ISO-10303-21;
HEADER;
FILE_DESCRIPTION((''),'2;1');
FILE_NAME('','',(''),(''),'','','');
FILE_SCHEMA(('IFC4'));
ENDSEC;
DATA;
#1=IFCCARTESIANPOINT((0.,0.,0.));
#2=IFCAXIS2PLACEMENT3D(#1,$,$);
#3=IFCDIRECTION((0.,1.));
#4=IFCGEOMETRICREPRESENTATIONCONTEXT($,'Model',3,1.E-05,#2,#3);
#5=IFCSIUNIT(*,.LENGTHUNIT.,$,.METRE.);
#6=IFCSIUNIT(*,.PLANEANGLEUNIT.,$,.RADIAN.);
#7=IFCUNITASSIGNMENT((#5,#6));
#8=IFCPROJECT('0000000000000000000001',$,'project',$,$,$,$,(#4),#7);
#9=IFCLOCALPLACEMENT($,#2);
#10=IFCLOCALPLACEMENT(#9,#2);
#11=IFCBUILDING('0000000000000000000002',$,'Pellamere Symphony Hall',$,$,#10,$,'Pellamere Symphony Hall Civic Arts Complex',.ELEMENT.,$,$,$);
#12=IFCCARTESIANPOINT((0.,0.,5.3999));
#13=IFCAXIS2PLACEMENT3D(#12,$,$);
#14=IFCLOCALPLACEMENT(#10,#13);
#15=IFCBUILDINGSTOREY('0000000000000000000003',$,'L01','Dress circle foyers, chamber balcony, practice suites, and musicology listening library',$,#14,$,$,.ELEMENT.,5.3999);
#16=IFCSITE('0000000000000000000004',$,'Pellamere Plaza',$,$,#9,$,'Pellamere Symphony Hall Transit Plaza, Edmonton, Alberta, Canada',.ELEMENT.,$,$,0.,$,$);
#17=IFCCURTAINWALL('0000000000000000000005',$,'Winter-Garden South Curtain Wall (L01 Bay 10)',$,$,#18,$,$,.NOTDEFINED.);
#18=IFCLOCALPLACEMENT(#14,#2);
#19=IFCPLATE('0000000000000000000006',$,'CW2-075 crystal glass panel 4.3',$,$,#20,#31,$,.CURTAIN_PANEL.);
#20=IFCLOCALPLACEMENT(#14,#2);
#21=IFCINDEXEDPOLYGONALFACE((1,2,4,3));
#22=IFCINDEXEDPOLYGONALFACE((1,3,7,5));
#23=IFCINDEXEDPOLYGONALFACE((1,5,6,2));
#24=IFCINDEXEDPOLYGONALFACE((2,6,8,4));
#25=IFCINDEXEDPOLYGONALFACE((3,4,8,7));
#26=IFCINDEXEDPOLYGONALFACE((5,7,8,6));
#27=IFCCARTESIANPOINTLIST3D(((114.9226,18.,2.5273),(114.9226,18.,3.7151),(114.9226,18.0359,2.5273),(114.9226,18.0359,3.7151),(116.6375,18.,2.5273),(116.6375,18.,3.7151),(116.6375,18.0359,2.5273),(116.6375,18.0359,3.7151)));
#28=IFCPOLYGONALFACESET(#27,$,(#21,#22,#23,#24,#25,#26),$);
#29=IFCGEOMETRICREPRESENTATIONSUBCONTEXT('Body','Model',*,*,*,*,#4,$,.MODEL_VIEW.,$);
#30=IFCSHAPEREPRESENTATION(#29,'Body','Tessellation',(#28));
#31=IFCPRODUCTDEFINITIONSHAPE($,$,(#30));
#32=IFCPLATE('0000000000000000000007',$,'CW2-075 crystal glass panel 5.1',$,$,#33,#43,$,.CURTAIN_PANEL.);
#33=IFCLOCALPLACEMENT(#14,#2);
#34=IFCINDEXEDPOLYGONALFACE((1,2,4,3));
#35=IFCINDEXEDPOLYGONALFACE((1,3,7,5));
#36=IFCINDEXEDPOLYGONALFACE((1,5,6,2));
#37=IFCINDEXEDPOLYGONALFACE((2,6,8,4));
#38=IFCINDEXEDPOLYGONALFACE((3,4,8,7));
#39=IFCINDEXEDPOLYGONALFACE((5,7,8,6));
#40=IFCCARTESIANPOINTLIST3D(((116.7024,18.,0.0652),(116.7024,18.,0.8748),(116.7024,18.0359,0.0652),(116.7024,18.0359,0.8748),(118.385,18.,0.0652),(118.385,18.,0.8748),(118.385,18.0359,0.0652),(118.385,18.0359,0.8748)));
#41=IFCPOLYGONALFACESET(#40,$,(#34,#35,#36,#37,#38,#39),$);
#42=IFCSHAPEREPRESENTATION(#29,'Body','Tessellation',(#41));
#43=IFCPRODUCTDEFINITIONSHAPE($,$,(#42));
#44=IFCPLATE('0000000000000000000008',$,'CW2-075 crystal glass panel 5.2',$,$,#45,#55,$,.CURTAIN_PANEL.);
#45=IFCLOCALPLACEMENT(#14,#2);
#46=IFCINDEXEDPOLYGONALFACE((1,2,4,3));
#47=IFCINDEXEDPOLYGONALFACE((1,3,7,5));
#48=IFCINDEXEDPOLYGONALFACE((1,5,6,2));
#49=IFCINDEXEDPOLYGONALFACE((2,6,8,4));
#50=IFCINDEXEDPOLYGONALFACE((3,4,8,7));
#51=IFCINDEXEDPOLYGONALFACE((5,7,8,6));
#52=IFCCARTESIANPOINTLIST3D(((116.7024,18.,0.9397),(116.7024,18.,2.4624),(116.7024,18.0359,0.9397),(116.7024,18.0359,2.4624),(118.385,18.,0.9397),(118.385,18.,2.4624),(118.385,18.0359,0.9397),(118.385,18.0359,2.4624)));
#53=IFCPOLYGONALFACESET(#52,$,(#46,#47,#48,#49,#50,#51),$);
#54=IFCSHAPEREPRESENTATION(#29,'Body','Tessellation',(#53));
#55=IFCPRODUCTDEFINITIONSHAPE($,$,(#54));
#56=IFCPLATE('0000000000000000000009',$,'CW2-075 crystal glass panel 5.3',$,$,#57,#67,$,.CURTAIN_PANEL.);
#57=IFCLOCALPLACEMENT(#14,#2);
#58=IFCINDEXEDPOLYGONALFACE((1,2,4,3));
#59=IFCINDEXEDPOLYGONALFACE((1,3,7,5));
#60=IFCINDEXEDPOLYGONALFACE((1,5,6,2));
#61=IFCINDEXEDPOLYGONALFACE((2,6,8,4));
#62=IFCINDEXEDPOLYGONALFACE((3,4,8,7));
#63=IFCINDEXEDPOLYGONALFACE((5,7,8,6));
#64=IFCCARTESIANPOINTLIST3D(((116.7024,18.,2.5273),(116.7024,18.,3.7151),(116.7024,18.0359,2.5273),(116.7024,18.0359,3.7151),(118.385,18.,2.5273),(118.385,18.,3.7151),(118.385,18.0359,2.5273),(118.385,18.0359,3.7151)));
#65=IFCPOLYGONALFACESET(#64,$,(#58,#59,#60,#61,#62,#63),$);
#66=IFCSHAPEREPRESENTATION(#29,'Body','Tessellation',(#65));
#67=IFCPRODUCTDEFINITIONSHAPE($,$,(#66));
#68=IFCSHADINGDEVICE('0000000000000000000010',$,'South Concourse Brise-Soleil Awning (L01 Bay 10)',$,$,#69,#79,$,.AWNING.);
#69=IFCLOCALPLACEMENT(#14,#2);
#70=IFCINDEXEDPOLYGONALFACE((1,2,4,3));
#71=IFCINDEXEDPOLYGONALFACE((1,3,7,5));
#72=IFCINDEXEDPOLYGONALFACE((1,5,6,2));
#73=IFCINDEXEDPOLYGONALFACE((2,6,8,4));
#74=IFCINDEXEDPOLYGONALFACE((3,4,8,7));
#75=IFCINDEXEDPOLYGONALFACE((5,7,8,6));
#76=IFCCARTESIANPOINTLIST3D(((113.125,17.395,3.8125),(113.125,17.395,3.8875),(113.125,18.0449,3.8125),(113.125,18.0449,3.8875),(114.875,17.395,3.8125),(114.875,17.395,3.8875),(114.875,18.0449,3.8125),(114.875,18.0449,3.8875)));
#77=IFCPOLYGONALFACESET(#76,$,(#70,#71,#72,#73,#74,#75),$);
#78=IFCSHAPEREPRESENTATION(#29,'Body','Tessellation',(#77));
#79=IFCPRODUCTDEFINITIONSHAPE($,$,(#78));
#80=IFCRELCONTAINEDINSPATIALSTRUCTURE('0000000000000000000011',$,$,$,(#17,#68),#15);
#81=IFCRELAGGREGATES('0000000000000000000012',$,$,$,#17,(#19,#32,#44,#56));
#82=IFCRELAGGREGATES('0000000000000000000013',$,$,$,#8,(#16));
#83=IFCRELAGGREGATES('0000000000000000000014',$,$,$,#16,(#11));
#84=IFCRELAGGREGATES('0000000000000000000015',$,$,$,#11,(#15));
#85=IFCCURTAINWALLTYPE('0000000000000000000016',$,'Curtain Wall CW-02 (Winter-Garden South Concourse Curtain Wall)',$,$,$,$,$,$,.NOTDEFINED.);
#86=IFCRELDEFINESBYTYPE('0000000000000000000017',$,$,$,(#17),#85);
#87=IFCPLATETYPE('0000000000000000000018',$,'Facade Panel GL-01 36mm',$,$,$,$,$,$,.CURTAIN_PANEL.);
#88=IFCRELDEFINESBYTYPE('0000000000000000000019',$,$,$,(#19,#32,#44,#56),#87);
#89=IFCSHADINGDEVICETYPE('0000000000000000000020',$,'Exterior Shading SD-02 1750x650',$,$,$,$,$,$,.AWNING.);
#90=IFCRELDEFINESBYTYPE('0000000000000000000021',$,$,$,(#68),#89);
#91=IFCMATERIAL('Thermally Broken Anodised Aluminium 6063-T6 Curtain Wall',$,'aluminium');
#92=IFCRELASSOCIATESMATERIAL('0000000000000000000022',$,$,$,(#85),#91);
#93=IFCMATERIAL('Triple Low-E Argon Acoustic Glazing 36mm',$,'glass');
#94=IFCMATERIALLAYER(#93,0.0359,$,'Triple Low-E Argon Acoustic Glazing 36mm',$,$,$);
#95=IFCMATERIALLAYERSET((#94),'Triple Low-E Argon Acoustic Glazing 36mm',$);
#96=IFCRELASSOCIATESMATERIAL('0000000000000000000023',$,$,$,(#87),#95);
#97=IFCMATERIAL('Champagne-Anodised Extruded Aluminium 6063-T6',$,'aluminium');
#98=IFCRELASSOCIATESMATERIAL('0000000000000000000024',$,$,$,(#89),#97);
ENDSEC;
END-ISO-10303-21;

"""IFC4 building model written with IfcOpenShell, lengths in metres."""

from ifc_helpers import new_model, si_unit, direction, frame, origin, origin_2d, place, context, subcontext, project, spatial, polyline, rectangle, outline, extrude, material, layer, layer_set, type_object, element, aggregate, save


model = new_model("IFC4")

# Units and contexts
model_context = context("Model", 3, precision=1e-05, world=origin(), true_north=direction((0.0, 1.0)))
body_context = subcontext(model_context, "Body", "Model", "MODEL_VIEW")
ifc_project = project(units=[si_unit("LENGTHUNIT", "METRE"), si_unit("PLANEANGLEUNIT", "RADIAN")], contexts=[model_context])

# Site, building, storey
site_placement = place(None, origin())
site = spatial("IfcSite", under=ifc_project, at=site_placement, Name="Pellamere Plaza", LongName="Pellamere Symphony Hall Transit Plaza, Edmonton, Alberta, Canada", CompositionType="ELEMENT", RefElevation=0.0)
building_placement = place(site_placement, origin())
building = spatial("IfcBuilding", under=site, at=building_placement, Name="Pellamere Symphony Hall", LongName="Pellamere Symphony Hall Civic Arts Complex", CompositionType="ELEMENT")
storey_placement = place(building_placement, frame((0.0, 0.0, 5.3999)))
storey = spatial("IfcBuildingStorey", under=building, at=storey_placement, Name="L01", Description="Dress circle foyers, chamber balcony, practice suites, and musicology listening library", CompositionType="ELEMENT", Elevation=5.3999)

# Curtain wall
ifc_material_1 = material(Name="Thermally Broken Anodised Aluminium 6063-T6 Curtain Wall", Category="aluminium")
curtain_wall_type = type_object("IfcCurtainWallType", Name="Curtain Wall CW-02 (Winter-Garden South Concourse Curtain Wall)", PredefinedType="NOTDEFINED", material=ifc_material_1)
curtain_wall_1_placement = place(storey_placement, origin())
curtain_wall_1 = element("IfcCurtainWall", 1, at=curtain_wall_1_placement, inside=storey, type_object=curtain_wall_type, Name="Winter-Garden South Curtain Wall (L01 Bay 10)", PredefinedType="NOTDEFINED")

# Plates
ifc_material_2 = material(Name="Triple Low-E Argon Acoustic Glazing 36mm", Category="glass")
ifc_layer = layer(ifc_material_2, 0.0359, Name="Triple Low-E Argon Acoustic Glazing 36mm")
ifc_layer_set = layer_set([ifc_layer], Name="Triple Low-E Argon Acoustic Glazing 36mm")
plate_type = type_object("IfcPlateType", Name="Facade Panel GL-01 36mm", PredefinedType="CURTAIN_PANEL", material=ifc_layer_set)
plate_1_placement = place(storey_placement, frame((114.9226, 18.0, 2.5273), z_axis=(0.0, -1.0, 0.0), x_axis=(1.0, 0.0, 0.0)))
plate_1 = element("IfcPlate", 2, at=plate_1_placement, type_object=plate_type, Name="CW2-075 crystal glass panel 4.3", PredefinedType="CURTAIN_PANEL", context=body_context, shape_type="SweptSolid", body=[
    extrude(outline(polyline([(0.0, 0.0), (1.7148, 0.0), (1.7148, 1.1877), (0.0, 1.1877), (0.0, 0.0)])), origin(), (0.0, 0.0, -1.0), 0.0359),
])
plate_2_placement = place(storey_placement, frame((116.7024, 18.0, 0.0652), z_axis=(0.0, -1.0, 0.0), x_axis=(1.0, 0.0, 0.0)))
plate_2 = element("IfcPlate", 3, at=plate_2_placement, type_object=plate_type, Name="CW2-075 crystal glass panel 5.1", PredefinedType="CURTAIN_PANEL", context=body_context, shape_type="SweptSolid", body=[
    extrude(outline(polyline([(0.0, 0.0), (1.6826, 0.0), (1.6826, 0.8096), (0.0, 0.8096), (0.0, 0.0)])), origin(), (0.0, 0.0, -1.0), 0.0359),
])
plate_3_placement = place(storey_placement, frame((116.7024, 18.0, 0.9397), z_axis=(0.0, -1.0, 0.0), x_axis=(1.0, 0.0, 0.0)))
plate_3 = element("IfcPlate", 4, at=plate_3_placement, type_object=plate_type, Name="CW2-075 crystal glass panel 5.2", PredefinedType="CURTAIN_PANEL", context=body_context, shape_type="SweptSolid", body=[
    extrude(outline(polyline([(0.0, 0.0), (1.6826, 0.0), (1.6826, 1.5227), (0.0, 1.5227), (0.0, 0.0)])), origin(), (0.0, 0.0, -1.0), 0.0359),
])
plate_4_placement = place(storey_placement, frame((116.7024, 18.0, 2.5273), z_axis=(0.0, -1.0, 0.0), x_axis=(1.0, 0.0, 0.0)))
plate_4 = element("IfcPlate", 5, at=plate_4_placement, type_object=plate_type, Name="CW2-075 crystal glass panel 5.3", PredefinedType="CURTAIN_PANEL", context=body_context, shape_type="SweptSolid", body=[
    extrude(outline(polyline([(0.0, 0.0), (1.6826, 0.0), (1.6826, 1.1877), (0.0, 1.1877), (0.0, 0.0)])), origin(), (0.0, 0.0, -1.0), 0.0359),
])
aggregate(curtain_wall_1, [plate_1, plate_2, plate_3, plate_4])

# Shading device
ifc_material_3 = material(Name="Champagne-Anodised Extruded Aluminium 6063-T6", Category="aluminium")
shading_device_type = type_object("IfcShadingDeviceType", Name="Exterior Shading SD-02 1750x650", PredefinedType="AWNING", material=ifc_material_3)
shading_device_placement = place(storey_placement, frame((114.0, 17.72, 3.8125), z_axis=(0.0, 0.0, 1.0), x_axis=(1.0, 0.0, 0.0)))
element("IfcShadingDevice", 6, at=shading_device_placement, inside=storey, type_object=shading_device_type, Name="South Concourse Brise-Soleil Awning (L01 Bay 10)", PredefinedType="AWNING", context=body_context, shape_type="SweptSolid", body=[
    extrude(rectangle(XDim=1.75, YDim=0.6499, at=origin_2d()), origin(), (0.0, 0.0, 1.0), 0.075),
])

save(model, "model.ifc")
